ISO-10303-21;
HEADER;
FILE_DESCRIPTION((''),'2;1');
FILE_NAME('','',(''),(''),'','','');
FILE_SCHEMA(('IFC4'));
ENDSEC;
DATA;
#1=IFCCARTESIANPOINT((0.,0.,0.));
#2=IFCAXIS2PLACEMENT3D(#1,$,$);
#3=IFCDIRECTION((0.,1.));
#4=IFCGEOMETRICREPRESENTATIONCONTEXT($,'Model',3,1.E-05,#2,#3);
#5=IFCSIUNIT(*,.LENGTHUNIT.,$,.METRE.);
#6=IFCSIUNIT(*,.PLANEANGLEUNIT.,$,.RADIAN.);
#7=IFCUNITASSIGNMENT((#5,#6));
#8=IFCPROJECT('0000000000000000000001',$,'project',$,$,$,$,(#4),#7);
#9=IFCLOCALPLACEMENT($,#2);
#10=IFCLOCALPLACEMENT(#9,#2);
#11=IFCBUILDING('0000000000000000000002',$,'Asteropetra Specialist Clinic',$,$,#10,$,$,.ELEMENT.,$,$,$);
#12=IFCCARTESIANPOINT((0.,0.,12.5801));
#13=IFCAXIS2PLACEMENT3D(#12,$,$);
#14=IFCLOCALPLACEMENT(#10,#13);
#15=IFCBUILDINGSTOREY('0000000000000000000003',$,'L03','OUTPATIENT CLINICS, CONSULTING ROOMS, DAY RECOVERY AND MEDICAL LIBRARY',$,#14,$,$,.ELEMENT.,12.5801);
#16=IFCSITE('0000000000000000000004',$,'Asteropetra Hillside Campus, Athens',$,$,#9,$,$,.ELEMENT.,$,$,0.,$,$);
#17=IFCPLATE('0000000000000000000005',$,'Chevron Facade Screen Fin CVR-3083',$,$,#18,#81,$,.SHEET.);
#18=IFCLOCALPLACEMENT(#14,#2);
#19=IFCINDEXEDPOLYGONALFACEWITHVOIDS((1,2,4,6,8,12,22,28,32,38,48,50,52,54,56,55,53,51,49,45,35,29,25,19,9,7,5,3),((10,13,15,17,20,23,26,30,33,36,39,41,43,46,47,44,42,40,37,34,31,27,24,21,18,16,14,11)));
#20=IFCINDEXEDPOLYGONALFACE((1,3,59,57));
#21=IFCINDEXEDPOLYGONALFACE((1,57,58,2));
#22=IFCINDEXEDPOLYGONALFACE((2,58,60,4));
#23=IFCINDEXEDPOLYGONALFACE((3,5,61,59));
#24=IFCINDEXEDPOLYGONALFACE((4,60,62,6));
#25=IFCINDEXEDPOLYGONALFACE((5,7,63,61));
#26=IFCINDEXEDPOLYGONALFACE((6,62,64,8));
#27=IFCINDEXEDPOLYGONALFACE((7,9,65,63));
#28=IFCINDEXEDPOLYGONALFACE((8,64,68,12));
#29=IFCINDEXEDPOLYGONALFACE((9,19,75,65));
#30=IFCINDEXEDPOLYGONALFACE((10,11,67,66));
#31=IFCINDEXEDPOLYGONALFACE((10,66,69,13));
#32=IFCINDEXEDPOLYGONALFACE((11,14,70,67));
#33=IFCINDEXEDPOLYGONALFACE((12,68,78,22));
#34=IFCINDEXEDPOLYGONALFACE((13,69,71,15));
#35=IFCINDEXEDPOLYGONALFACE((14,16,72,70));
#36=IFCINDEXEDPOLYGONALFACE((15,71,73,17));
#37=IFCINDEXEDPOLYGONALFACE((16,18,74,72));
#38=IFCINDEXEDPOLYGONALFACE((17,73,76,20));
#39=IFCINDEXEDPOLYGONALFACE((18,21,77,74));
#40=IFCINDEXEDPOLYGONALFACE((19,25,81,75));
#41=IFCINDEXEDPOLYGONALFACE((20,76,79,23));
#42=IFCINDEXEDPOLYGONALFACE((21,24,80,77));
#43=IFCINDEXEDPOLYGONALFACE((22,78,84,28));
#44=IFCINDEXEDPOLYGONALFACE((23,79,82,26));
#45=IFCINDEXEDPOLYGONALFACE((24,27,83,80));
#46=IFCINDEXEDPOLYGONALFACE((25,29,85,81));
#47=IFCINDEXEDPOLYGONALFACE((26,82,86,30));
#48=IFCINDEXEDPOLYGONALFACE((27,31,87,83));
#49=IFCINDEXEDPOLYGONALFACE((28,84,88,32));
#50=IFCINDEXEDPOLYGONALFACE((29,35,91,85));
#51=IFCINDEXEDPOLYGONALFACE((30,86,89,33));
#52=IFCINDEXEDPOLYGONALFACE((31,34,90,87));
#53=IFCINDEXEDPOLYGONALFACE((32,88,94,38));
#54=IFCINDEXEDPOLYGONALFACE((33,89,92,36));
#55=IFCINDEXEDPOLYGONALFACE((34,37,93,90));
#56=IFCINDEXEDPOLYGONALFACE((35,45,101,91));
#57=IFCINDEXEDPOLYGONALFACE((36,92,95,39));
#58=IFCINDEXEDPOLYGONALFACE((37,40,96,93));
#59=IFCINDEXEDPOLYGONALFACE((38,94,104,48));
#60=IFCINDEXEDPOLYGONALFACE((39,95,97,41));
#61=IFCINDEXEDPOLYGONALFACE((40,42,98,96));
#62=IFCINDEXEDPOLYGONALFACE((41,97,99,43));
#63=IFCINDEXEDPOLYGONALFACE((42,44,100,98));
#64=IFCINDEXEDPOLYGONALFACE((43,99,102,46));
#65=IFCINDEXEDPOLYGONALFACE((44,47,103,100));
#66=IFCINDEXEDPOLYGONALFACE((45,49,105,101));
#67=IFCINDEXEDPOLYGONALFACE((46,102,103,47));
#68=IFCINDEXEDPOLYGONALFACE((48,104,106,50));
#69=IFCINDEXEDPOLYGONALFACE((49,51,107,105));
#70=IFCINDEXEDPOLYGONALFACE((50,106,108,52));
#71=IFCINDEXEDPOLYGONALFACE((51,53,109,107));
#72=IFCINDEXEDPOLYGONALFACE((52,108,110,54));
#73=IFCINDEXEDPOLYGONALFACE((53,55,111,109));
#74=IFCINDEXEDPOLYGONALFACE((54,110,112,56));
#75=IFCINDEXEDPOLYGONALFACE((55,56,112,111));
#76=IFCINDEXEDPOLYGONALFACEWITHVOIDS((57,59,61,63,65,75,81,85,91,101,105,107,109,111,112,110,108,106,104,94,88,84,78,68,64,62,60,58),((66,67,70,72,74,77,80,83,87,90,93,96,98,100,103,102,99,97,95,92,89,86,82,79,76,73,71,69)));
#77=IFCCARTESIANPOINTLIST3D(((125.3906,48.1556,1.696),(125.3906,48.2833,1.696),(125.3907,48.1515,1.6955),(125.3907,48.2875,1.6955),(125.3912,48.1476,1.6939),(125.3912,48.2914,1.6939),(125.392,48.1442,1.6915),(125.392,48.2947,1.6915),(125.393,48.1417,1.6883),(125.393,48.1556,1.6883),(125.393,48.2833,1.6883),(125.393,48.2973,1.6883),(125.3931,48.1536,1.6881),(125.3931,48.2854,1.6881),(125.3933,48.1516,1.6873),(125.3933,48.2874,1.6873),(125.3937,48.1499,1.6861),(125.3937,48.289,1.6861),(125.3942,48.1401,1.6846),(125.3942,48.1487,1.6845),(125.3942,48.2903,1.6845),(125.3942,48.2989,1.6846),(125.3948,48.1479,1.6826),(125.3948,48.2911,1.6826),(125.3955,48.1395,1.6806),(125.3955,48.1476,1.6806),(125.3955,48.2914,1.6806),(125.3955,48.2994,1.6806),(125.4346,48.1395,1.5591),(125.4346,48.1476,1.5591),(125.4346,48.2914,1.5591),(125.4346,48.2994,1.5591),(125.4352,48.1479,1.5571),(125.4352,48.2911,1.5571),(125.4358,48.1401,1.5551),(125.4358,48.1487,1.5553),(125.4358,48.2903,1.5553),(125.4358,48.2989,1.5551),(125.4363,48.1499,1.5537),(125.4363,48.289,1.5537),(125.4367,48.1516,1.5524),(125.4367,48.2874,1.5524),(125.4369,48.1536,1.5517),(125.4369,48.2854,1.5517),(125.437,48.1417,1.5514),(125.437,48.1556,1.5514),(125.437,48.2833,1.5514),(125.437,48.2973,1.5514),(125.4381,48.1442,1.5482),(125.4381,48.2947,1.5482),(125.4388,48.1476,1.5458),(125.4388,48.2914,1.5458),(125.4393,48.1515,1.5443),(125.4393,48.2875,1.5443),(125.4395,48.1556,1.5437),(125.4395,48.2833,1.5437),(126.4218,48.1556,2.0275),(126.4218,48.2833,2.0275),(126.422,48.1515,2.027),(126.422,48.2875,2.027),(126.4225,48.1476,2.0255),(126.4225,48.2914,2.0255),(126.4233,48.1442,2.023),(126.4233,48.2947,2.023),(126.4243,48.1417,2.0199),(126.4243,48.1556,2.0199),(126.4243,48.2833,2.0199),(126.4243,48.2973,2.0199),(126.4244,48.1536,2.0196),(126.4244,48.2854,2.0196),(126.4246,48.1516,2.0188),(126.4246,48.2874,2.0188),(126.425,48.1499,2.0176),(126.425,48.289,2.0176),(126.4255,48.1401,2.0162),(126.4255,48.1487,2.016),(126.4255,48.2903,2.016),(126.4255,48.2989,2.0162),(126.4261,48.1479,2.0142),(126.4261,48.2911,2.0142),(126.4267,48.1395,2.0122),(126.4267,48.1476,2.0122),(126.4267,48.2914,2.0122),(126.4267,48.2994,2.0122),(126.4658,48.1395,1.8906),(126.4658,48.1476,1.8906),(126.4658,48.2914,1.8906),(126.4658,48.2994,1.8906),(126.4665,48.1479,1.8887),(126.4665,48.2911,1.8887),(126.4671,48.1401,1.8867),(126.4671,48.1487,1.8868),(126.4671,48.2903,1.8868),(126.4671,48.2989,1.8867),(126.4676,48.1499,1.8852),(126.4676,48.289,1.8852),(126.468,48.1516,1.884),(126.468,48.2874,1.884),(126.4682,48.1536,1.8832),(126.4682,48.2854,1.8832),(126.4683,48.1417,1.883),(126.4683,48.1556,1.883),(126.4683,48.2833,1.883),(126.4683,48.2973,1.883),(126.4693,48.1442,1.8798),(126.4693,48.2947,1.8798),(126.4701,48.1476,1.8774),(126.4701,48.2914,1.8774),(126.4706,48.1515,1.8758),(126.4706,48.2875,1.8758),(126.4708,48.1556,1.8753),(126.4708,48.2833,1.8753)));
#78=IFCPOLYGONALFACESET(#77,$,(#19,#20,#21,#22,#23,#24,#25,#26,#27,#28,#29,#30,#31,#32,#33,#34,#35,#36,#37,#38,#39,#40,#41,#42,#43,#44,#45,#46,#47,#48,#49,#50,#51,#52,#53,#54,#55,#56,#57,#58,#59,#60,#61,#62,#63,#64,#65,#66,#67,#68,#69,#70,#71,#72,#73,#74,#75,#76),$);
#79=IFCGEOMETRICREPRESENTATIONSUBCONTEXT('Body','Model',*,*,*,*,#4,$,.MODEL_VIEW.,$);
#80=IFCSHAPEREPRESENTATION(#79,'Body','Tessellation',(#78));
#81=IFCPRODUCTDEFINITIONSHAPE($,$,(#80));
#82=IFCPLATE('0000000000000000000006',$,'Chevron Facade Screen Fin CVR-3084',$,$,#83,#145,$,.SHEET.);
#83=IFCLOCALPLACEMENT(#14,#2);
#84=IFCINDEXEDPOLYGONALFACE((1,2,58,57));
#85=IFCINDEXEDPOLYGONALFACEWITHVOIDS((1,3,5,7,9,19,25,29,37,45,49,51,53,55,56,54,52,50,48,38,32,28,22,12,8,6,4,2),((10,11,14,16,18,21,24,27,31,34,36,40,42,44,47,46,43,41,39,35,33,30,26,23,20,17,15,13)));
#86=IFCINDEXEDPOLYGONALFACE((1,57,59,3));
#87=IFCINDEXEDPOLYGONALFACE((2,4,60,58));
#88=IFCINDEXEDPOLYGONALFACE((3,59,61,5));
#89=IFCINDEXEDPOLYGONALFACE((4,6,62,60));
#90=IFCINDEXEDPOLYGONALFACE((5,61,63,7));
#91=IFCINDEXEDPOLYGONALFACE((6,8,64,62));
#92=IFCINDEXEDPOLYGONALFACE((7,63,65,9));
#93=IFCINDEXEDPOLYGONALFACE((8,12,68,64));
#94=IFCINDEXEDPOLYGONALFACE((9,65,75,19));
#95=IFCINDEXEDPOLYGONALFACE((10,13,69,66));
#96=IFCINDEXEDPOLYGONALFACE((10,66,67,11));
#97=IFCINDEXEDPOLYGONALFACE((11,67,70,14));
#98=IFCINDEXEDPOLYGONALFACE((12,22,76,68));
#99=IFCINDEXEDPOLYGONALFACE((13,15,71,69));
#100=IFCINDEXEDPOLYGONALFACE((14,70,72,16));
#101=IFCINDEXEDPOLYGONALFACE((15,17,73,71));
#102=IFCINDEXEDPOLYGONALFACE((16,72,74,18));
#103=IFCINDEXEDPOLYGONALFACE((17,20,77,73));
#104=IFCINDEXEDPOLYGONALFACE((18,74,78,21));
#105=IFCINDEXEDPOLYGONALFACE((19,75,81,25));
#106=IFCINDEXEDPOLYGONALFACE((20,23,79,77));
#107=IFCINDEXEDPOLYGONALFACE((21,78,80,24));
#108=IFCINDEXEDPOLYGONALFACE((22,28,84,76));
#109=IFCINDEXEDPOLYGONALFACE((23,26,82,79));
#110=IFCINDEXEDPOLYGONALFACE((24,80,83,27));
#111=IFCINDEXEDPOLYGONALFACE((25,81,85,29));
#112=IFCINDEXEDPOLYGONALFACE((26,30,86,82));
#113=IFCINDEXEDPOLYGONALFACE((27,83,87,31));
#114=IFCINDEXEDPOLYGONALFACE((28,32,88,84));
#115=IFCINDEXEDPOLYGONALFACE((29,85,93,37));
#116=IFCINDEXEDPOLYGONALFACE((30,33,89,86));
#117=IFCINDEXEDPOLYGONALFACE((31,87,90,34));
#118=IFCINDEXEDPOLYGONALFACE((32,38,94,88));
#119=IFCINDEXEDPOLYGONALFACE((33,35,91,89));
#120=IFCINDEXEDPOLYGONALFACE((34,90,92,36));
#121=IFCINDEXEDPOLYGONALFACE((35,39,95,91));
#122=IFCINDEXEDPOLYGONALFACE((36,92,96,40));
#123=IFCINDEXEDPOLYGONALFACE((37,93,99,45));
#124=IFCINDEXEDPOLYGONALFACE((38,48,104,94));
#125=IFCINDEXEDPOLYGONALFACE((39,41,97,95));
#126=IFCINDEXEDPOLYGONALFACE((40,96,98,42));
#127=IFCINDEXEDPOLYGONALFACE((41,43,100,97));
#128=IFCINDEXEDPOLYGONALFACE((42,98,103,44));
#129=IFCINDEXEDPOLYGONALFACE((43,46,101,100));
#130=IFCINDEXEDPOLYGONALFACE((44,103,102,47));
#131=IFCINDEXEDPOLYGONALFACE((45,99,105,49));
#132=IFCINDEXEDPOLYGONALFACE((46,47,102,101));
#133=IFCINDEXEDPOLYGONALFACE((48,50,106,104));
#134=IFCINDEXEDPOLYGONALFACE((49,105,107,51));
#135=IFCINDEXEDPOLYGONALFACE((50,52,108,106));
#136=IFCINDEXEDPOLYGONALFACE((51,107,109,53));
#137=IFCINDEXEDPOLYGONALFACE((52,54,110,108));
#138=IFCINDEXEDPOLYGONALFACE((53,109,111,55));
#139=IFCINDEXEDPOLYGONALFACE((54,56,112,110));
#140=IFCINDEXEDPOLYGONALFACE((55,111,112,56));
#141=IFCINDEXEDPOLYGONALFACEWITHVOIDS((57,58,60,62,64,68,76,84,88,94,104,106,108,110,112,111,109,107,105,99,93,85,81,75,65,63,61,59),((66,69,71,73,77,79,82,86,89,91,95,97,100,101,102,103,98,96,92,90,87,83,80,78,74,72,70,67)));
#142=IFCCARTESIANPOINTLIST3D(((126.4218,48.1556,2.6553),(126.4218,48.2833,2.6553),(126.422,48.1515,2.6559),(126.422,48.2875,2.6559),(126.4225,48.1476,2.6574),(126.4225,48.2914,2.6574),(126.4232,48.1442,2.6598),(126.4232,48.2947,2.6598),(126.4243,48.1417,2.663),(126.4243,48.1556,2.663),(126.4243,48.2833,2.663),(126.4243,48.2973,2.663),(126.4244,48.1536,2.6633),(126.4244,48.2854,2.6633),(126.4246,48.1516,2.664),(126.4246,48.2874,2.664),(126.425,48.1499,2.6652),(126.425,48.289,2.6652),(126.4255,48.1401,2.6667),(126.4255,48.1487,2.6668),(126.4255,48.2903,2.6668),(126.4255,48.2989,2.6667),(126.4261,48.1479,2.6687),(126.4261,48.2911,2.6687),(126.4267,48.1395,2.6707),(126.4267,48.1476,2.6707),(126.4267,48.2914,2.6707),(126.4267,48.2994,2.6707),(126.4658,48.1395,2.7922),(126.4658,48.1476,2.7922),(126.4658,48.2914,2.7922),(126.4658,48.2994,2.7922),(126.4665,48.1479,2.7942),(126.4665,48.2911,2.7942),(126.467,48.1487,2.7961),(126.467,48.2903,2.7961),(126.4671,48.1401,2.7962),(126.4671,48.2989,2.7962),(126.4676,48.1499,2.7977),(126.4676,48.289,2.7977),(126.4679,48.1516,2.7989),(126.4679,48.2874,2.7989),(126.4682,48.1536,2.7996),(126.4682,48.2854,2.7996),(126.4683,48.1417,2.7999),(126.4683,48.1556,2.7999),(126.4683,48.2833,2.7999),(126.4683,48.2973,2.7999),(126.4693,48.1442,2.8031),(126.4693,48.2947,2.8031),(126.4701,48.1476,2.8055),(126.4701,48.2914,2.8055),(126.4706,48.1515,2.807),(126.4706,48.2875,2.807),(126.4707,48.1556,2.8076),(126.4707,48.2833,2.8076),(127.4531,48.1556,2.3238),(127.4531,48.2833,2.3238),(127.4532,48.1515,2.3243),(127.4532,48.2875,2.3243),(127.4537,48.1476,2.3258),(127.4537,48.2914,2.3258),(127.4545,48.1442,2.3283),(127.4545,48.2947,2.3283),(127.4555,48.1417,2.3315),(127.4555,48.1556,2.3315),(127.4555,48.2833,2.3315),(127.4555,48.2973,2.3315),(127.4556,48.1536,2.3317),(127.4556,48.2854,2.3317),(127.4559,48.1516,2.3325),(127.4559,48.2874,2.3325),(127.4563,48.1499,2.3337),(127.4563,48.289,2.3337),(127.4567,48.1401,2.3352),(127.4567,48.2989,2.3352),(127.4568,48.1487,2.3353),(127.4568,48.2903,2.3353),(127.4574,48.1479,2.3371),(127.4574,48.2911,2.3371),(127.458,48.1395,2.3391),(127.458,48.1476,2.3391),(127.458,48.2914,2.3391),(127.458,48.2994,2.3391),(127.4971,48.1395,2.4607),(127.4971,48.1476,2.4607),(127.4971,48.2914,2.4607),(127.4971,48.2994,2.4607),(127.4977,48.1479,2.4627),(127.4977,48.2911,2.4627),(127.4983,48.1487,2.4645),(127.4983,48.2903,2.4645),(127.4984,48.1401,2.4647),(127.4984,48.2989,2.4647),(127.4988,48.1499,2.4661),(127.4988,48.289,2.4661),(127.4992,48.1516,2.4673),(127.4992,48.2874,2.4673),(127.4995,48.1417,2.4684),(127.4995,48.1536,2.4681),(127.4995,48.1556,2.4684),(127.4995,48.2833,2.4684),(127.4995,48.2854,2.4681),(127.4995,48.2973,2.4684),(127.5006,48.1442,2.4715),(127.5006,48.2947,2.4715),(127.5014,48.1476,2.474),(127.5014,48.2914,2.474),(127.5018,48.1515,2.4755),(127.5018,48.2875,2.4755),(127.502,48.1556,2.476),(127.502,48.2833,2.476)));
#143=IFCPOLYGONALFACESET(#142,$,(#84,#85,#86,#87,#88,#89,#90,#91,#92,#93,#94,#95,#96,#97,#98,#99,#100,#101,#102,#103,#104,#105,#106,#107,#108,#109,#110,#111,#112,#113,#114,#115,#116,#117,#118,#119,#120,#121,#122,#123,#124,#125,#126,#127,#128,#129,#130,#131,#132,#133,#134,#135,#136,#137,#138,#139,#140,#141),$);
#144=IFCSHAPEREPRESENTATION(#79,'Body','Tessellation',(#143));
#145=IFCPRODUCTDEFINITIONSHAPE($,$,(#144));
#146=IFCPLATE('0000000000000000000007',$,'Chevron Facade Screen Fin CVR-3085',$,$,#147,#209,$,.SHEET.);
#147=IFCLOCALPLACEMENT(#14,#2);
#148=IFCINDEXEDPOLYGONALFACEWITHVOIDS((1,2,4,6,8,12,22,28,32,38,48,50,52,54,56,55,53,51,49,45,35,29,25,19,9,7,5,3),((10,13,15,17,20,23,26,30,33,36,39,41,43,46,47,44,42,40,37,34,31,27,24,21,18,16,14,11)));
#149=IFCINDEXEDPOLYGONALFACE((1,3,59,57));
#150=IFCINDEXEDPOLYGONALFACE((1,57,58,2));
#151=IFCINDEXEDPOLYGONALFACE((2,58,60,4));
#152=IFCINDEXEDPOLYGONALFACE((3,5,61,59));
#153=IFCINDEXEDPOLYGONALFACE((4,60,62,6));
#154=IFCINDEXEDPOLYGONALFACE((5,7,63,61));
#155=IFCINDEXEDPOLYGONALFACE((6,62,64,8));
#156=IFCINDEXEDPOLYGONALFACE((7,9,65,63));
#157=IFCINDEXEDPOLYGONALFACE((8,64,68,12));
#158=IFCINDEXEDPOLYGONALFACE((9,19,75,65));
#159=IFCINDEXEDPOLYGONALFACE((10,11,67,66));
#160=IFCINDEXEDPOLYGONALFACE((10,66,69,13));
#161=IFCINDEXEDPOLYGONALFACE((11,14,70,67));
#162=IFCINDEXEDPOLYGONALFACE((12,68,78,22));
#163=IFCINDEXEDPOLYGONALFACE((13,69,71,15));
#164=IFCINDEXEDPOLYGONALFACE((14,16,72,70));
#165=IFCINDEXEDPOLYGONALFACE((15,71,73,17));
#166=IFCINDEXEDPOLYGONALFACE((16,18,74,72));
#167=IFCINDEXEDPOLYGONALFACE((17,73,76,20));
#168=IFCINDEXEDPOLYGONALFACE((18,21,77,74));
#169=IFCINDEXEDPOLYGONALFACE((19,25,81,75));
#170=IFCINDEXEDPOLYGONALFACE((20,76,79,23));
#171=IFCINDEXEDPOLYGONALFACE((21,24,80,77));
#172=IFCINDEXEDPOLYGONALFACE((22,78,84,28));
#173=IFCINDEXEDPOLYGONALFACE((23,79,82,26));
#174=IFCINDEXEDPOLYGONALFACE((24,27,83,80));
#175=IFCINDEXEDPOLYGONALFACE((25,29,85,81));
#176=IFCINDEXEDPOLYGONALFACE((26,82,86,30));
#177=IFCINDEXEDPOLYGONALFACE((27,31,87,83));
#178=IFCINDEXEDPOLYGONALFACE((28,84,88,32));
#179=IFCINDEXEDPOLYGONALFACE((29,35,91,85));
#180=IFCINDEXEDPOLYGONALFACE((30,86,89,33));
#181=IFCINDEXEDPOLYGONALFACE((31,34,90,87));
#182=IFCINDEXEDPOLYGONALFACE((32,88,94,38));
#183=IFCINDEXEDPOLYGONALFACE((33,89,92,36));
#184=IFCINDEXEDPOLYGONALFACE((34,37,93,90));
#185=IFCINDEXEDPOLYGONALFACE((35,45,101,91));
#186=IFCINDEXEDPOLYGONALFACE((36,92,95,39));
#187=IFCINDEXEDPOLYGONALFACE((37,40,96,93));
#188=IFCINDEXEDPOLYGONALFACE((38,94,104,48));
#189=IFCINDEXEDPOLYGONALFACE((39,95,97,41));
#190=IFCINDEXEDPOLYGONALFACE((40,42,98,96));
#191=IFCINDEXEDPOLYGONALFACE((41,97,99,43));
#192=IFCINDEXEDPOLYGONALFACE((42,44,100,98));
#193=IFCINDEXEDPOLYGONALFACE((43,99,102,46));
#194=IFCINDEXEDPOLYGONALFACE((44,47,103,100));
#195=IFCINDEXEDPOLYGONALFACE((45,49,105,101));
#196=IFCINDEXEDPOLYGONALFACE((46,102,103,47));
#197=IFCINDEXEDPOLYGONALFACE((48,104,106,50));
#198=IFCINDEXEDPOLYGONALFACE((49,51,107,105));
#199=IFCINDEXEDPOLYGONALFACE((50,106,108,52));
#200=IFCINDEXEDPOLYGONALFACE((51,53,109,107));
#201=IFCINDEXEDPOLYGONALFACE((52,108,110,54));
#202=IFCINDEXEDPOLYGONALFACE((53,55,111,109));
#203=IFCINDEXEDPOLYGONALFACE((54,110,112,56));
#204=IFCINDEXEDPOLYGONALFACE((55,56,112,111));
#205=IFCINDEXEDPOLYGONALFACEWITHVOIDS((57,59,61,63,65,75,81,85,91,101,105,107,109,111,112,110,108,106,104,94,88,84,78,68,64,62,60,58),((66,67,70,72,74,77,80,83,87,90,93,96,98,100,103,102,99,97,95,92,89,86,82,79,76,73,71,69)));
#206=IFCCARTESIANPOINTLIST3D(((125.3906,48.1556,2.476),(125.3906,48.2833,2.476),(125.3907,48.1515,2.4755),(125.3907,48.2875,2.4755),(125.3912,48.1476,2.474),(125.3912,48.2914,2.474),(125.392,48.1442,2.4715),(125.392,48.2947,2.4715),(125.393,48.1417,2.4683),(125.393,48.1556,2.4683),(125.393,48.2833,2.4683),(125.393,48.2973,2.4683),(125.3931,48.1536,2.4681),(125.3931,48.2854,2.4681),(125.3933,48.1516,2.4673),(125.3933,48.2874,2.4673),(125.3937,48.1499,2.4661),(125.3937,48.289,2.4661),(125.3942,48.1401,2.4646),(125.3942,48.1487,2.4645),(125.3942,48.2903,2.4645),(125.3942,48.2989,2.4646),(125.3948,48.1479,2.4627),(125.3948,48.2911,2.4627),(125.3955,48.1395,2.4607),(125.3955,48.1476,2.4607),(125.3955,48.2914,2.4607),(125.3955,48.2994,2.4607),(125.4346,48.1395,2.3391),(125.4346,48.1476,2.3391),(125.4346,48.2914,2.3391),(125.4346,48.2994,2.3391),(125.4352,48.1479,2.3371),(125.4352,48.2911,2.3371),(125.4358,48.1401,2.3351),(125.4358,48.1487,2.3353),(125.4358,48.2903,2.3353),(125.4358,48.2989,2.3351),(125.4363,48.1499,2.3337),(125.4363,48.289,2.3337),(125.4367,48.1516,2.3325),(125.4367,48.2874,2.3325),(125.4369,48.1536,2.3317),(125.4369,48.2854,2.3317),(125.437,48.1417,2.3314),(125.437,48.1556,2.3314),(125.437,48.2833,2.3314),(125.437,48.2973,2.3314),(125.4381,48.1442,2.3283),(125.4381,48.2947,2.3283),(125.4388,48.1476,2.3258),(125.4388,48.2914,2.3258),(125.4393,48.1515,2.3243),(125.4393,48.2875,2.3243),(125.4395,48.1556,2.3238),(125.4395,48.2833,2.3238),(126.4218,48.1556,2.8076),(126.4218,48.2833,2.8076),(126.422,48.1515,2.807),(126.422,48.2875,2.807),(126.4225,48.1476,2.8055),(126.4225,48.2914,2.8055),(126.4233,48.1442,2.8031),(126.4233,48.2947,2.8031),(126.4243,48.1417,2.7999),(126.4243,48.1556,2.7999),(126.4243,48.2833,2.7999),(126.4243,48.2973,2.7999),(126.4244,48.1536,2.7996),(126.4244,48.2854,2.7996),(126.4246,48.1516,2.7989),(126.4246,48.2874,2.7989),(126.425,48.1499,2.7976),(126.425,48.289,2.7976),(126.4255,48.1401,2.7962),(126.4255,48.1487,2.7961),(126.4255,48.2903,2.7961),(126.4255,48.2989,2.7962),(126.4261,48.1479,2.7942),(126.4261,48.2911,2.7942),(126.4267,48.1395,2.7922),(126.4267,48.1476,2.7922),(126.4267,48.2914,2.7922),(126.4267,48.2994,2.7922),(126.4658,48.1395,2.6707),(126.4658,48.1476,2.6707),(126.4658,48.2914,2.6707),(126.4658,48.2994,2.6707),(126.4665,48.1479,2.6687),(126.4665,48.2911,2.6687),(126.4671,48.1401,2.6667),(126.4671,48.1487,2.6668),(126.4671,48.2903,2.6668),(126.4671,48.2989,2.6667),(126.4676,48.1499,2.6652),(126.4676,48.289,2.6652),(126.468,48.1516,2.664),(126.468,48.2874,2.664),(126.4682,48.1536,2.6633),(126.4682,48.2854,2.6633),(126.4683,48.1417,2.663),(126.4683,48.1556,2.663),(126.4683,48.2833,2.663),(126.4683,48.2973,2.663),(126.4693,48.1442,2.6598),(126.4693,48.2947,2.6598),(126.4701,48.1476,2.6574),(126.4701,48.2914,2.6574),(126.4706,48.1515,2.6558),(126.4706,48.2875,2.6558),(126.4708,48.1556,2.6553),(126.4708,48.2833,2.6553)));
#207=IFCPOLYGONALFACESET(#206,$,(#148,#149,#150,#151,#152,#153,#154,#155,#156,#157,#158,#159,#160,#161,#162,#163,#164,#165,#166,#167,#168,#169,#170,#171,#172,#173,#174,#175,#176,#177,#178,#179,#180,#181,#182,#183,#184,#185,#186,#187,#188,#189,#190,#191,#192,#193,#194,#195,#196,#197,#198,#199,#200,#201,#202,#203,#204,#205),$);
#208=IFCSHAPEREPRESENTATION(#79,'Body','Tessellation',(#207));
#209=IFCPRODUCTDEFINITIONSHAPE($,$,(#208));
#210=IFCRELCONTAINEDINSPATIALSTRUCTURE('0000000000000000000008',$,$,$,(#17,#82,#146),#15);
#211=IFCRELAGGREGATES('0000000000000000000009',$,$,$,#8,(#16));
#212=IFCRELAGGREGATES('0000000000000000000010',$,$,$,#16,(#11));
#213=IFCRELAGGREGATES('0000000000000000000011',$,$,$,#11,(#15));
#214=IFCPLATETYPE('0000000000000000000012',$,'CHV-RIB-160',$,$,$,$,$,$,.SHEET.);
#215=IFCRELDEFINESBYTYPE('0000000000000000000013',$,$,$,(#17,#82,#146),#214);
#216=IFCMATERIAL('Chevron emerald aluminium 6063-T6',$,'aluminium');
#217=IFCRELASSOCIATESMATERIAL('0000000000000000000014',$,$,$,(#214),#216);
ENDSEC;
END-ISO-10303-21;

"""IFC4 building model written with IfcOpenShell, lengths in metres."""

from ifc_helpers import new_model, si_unit, direction, frame, origin, origin_2d, place, context, subcontext, project, spatial, hollow_rectangle, extrude, material, material_profile, profile_set, type_object, element, save


model = new_model("IFC4")

# Units and contexts
model_context = context("Model", 3, precision=1e-05, world=origin(), true_north=direction((0.0, 1.0)))
body_context = subcontext(model_context, "Body", "Model", "MODEL_VIEW")
ifc_project = project(units=[si_unit("LENGTHUNIT", "METRE"), si_unit("PLANEANGLEUNIT", "RADIAN")], contexts=[model_context])

# Site, building, storey
site_placement = place(None, origin())
site = spatial("IfcSite", under=ifc_project, at=site_placement, Name="Asteropetra Hillside Campus, Athens", CompositionType="ELEMENT", RefElevation=0.0)
building_placement = place(site_placement, origin())
building = spatial("IfcBuilding", under=site, at=building_placement, Name="Asteropetra Specialist Clinic", CompositionType="ELEMENT")
storey_placement = place(building_placement, frame((0.0, 0.0, 12.5801)))
storey = spatial("IfcBuildingStorey", under=building, at=storey_placement, Name="L03", Description="OUTPATIENT CLINICS, CONSULTING ROOMS, DAY RECOVERY AND MEDICAL LIBRARY", CompositionType="ELEMENT", Elevation=12.5801)

# Plates
ifc_material_1 = material(Name="Chevron emerald aluminium 6063-T6", Category="aluminium")
ifc_material_profile = material_profile(ifc_material_1, hollow_rectangle(XDim=0.1599, YDim=0.1599, WallThickness=0.0081, InnerFilletRadius=0.0081, OuterFilletRadius=0.0161, at=origin_2d()), Name="SHS 160x160x8.0")
ifc_profile_set = profile_set([ifc_material_profile], Name="Chevron emerald aluminium 6063-T6")
plate_type_1 = type_object("IfcPlateType", Name="CHV-RIB-160", PredefinedType="SHEET", material=ifc_profile_set)
for number, where, z_axis, x_axis, name in (
    (1, (126.4463, 48.2195, 1.9514), (-0.95201, 0.0, -0.306068), (0.0, -1.0, 0.0), "Chevron Facade Screen Fin CVR-3083"),
    (2, (127.4775, 48.2195, 2.3999), (-0.95201, 0.0, 0.306068), (0.0, -1.0, 0.0), "Chevron Facade Screen Fin CVR-3084"),
    (3, (126.4463, 48.2195, 2.7314), (-0.95201, 0.0, -0.306068), (0.0, -1.0, 0.0), "Chevron Facade Screen Fin CVR-3085"),
):
    element("IfcPlate", number, at=place(storey_placement, frame(where, z_axis=z_axis, x_axis=x_axis)), inside=storey, type_object=plate_type_1, Name=name, PredefinedType="SHEET", context=body_context, shape_type="SweptSolid", body=[
        extrude(hollow_rectangle(XDim=0.1599, YDim=0.1599, WallThickness=0.0081, InnerFilletRadius=0.0081, OuterFilletRadius=0.0161, at=origin_2d()), origin(), (0.0, 0.0, 1.0), 1.0833),
    ])

save(model, "model.ifc")
